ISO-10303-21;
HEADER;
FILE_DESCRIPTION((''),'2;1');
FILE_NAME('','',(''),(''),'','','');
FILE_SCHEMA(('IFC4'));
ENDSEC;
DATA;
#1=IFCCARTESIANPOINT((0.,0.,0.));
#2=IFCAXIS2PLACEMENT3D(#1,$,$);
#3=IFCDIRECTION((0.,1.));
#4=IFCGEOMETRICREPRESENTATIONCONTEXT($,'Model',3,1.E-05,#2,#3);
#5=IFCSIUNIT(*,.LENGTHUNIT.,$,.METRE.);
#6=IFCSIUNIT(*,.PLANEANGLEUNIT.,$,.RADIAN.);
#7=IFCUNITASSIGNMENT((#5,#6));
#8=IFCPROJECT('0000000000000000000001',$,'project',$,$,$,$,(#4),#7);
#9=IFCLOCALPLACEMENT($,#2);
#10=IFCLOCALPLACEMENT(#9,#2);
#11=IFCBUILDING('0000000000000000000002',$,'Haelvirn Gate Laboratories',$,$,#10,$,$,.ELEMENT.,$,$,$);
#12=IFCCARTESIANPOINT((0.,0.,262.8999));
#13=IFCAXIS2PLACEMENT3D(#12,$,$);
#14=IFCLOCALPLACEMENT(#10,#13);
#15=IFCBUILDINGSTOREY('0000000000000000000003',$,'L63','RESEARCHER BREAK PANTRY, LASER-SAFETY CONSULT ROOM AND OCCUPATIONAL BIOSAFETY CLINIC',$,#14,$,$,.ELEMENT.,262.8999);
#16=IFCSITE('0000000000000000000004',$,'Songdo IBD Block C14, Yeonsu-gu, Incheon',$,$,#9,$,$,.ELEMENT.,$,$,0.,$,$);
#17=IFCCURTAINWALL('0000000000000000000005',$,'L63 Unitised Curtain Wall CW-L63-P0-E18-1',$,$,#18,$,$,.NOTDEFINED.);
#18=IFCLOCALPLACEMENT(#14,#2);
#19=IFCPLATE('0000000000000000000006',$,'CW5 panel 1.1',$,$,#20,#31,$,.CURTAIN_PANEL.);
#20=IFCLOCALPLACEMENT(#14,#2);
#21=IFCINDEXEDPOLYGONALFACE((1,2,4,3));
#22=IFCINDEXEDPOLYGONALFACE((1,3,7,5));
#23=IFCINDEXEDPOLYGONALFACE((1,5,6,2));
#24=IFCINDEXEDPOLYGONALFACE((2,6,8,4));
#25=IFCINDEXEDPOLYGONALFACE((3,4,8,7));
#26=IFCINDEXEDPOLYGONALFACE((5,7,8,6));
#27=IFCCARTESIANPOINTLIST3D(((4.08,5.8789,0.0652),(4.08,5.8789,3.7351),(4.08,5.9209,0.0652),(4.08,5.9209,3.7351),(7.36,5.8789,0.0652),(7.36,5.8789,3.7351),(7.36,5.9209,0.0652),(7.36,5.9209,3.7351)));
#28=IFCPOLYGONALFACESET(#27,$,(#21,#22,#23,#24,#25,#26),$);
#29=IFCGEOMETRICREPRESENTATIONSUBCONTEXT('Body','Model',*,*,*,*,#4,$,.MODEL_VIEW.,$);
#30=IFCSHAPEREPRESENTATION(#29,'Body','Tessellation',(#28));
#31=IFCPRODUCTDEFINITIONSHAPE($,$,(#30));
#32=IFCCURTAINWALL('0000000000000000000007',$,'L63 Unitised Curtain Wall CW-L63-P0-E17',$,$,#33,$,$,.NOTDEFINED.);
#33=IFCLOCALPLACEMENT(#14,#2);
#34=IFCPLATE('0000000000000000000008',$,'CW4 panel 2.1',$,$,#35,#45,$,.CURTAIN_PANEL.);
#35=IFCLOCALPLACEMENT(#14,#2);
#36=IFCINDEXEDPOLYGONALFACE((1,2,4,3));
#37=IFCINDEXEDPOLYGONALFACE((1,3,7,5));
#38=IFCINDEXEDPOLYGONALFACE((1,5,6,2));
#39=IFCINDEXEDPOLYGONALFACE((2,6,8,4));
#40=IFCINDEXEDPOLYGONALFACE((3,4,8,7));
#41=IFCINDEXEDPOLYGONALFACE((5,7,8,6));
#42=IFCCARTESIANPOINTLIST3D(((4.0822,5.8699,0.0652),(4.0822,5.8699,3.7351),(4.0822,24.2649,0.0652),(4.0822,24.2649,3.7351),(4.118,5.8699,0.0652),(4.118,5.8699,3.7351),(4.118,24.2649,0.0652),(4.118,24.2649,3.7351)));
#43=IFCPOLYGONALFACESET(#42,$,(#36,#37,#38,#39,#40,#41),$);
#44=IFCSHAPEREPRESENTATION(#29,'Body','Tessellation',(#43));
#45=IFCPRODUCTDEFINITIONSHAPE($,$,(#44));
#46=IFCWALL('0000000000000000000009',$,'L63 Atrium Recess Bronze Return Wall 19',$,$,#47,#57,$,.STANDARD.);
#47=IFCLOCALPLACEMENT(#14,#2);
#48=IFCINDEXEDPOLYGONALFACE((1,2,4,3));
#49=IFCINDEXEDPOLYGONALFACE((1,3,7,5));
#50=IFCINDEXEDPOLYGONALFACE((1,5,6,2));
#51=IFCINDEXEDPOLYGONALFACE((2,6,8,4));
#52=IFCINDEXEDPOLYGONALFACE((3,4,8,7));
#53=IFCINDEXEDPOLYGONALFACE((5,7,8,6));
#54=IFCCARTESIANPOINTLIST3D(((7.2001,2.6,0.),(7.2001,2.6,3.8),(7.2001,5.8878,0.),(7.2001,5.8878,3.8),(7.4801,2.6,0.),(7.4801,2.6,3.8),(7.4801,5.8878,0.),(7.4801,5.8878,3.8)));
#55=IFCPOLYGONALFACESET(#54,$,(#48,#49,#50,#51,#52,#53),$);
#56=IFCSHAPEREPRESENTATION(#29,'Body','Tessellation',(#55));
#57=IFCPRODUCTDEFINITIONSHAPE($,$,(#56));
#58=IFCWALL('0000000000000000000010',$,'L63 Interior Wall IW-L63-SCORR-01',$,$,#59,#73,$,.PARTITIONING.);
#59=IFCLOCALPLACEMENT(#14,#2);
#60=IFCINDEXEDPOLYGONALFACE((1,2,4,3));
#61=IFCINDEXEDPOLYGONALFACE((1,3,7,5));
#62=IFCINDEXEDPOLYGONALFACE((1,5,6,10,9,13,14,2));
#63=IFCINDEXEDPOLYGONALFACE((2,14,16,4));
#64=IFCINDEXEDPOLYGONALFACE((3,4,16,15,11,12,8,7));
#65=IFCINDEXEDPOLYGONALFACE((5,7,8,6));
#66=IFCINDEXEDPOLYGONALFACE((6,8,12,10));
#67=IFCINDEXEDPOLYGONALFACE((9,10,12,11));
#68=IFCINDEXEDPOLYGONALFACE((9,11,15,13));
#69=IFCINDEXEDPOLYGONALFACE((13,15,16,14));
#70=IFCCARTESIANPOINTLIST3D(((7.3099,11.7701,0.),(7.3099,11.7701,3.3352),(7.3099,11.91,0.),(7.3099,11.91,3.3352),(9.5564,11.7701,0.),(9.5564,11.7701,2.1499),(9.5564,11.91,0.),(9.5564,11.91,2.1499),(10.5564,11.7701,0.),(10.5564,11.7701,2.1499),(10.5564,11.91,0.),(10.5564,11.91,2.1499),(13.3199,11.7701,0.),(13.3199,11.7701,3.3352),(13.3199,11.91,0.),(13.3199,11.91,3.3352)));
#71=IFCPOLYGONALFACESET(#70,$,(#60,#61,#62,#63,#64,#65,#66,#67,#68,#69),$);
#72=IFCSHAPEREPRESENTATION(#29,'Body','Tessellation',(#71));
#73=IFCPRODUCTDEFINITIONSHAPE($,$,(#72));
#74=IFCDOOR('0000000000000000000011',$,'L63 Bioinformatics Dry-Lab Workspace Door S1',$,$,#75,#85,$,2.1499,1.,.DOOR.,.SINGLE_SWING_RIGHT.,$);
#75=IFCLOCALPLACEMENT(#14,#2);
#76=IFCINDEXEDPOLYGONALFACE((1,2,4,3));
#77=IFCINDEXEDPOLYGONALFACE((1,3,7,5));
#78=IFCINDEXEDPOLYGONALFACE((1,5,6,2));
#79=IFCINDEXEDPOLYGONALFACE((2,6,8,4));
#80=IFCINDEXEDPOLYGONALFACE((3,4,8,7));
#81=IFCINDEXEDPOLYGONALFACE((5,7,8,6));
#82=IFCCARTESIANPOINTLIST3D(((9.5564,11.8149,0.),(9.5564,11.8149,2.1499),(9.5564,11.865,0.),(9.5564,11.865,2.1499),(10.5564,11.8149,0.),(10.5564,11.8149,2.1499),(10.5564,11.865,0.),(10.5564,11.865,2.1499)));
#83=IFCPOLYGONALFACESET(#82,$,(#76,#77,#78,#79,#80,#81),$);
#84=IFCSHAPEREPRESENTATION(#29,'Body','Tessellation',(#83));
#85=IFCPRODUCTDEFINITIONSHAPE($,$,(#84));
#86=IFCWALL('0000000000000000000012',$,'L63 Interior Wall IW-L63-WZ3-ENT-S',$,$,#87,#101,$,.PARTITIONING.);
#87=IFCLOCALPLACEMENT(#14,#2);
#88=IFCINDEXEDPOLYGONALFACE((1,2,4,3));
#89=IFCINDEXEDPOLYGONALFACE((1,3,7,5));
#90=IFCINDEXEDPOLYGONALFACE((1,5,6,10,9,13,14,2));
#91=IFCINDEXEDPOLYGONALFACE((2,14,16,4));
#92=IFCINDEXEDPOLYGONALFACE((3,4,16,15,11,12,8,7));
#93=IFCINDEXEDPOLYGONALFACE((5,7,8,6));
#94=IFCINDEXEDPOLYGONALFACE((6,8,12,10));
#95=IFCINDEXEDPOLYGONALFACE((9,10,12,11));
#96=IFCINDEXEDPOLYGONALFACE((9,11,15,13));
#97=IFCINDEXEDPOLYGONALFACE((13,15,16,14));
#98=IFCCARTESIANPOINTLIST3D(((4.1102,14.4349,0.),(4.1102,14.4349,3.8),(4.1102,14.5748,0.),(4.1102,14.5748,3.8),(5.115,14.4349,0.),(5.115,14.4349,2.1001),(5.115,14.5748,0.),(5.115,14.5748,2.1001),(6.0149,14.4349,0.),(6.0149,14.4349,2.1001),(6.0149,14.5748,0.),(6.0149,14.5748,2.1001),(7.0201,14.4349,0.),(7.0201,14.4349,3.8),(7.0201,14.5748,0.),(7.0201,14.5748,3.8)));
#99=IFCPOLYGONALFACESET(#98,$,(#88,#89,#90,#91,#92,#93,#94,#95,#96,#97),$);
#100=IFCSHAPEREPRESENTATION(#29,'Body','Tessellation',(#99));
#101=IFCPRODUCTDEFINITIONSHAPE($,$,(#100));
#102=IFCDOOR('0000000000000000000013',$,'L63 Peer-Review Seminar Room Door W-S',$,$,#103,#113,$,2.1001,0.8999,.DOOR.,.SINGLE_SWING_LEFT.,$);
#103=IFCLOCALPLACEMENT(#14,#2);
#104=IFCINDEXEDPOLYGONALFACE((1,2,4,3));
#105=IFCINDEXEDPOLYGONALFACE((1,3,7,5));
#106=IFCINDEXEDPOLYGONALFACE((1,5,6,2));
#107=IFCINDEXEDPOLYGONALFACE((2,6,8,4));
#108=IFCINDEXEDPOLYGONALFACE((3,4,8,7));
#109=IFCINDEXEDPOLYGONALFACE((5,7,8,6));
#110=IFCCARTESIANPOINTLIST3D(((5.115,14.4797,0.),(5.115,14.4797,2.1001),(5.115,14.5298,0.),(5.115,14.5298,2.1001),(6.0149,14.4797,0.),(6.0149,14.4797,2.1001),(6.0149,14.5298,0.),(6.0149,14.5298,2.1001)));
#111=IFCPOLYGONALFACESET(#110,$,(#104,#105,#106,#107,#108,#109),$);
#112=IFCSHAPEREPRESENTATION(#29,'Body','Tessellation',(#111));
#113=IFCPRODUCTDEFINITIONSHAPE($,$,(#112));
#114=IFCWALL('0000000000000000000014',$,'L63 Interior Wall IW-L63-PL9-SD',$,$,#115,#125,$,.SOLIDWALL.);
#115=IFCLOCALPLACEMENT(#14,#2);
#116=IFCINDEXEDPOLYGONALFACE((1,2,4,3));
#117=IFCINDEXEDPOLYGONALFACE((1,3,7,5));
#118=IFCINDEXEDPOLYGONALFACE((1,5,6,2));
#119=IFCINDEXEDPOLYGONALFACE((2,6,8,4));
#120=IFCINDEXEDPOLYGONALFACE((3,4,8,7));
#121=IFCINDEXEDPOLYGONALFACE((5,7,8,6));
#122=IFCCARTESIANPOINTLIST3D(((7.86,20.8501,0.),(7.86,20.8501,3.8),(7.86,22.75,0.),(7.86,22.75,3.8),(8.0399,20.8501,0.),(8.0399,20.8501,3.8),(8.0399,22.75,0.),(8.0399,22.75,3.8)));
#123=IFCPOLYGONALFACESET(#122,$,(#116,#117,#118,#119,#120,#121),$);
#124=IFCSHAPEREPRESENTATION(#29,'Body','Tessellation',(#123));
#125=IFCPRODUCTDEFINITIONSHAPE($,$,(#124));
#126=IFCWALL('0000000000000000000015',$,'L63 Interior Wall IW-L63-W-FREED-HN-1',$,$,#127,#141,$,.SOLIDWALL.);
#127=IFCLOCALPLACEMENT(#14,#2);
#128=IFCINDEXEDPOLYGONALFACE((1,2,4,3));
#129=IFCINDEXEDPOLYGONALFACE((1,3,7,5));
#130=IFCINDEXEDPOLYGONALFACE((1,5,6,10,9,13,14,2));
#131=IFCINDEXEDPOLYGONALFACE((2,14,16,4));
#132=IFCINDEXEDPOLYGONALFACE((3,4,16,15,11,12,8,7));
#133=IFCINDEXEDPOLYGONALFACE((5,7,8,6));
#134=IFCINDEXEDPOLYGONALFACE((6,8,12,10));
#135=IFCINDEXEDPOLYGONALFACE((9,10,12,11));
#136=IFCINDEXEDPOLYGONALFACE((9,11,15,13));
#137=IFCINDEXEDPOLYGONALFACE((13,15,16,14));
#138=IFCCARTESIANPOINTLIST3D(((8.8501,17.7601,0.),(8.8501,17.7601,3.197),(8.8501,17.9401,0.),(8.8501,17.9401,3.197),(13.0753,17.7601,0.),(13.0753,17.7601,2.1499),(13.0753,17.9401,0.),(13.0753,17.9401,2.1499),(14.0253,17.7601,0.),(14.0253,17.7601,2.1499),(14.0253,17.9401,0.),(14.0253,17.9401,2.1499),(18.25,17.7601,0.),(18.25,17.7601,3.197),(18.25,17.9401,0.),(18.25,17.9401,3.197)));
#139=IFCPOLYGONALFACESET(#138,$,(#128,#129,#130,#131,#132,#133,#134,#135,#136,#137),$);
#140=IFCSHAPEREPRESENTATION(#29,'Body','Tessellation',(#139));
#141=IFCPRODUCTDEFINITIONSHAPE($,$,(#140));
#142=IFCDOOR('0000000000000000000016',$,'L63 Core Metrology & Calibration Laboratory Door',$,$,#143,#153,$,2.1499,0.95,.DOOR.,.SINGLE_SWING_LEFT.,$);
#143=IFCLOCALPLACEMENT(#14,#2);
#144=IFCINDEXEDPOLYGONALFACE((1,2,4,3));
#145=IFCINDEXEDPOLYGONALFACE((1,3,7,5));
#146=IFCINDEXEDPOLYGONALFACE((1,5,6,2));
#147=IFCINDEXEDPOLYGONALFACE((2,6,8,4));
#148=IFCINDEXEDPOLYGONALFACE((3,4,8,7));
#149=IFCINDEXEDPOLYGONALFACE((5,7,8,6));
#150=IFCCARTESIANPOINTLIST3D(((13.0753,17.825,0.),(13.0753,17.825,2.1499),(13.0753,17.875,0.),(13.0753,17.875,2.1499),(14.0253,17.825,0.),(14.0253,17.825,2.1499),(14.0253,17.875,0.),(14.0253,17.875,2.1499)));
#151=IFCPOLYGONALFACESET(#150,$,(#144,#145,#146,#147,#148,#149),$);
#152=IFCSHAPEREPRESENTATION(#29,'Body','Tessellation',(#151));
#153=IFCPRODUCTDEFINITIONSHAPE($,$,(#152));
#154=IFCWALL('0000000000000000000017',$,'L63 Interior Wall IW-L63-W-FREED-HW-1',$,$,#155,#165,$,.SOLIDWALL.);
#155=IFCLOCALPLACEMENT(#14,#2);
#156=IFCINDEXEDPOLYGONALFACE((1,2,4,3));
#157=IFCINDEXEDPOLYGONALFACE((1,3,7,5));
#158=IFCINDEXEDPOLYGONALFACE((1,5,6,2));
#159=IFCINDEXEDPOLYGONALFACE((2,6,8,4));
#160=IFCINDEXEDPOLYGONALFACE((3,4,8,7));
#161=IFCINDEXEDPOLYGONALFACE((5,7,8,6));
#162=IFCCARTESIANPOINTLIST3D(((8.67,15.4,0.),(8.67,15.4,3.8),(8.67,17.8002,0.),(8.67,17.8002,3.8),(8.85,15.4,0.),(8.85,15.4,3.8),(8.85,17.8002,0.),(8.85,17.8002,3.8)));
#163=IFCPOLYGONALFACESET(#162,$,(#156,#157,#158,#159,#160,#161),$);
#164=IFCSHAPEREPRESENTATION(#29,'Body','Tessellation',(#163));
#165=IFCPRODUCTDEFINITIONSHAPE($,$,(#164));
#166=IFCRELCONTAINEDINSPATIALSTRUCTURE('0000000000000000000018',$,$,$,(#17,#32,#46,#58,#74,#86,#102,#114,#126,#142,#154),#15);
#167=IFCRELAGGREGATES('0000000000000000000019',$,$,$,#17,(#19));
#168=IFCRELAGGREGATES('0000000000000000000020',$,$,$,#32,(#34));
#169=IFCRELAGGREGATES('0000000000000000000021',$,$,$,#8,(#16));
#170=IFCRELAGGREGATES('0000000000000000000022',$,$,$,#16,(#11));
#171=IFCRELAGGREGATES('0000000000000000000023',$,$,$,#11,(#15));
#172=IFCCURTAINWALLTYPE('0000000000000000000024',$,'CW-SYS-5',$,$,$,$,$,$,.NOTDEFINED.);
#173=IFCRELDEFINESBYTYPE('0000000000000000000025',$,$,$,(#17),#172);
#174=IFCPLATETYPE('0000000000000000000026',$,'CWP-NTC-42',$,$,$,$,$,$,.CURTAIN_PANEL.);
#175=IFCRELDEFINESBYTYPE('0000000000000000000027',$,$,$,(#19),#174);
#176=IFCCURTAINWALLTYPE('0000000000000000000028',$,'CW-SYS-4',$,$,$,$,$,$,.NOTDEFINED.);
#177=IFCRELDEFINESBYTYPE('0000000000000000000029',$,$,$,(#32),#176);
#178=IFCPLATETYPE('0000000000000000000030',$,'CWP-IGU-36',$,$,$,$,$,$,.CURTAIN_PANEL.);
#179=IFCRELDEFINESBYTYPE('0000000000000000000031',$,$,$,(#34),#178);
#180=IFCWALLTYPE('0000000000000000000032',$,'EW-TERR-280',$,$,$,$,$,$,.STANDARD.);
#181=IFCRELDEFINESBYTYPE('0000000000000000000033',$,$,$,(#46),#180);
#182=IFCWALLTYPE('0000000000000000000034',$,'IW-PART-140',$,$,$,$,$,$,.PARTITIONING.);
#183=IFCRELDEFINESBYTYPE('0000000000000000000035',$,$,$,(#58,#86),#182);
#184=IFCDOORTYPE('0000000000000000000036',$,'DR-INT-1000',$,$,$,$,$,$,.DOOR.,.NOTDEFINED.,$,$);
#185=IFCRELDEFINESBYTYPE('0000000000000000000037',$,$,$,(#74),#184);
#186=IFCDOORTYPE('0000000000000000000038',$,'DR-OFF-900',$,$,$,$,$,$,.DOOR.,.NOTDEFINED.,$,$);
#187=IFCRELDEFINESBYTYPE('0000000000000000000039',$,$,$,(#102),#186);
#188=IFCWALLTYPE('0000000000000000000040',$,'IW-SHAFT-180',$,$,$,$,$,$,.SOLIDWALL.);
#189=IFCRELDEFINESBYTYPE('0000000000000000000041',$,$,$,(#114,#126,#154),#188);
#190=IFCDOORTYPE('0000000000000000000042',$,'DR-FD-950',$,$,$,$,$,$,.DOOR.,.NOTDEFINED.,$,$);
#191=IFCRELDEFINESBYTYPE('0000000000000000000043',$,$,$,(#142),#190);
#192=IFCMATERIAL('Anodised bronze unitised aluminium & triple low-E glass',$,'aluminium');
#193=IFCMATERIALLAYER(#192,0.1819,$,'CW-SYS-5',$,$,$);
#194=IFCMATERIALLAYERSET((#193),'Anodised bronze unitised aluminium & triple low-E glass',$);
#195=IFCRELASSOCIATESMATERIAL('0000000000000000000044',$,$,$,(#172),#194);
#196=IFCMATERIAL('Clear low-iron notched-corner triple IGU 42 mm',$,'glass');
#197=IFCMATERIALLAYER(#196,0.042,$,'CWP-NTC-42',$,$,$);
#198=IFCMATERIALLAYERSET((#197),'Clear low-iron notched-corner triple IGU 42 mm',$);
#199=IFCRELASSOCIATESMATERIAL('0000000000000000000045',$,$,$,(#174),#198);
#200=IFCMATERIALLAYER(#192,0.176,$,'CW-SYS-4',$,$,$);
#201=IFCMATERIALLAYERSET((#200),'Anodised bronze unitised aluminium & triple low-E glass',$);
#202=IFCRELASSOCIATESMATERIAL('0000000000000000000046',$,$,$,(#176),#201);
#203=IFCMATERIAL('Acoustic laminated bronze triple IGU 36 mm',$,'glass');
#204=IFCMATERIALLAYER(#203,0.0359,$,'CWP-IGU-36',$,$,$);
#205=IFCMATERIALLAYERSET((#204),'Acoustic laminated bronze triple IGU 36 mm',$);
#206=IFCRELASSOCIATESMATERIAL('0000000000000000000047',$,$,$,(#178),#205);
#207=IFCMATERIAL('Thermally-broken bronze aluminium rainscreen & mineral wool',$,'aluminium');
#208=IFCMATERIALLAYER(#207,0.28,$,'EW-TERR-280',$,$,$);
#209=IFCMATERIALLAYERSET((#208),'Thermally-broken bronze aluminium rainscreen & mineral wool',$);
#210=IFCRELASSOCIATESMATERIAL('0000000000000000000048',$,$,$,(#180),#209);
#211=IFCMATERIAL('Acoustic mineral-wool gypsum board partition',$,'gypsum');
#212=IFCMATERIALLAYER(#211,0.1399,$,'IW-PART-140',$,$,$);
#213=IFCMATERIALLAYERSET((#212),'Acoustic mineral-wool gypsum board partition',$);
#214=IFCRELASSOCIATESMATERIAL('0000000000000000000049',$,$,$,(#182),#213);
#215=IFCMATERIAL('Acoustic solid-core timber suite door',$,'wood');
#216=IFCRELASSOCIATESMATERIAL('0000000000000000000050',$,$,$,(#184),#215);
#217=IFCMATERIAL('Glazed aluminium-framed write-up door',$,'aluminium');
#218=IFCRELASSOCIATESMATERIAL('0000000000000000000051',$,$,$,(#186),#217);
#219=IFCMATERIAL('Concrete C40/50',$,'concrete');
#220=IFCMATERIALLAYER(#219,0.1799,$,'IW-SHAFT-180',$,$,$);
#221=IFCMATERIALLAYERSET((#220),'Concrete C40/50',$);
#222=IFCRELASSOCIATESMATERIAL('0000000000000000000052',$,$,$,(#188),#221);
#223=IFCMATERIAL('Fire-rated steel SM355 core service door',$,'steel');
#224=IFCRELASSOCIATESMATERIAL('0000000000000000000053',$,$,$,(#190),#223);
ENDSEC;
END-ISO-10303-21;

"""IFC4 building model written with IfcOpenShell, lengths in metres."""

from ifc_helpers import new_model, si_unit, direction, frame, frame_2d, origin, origin_2d, place, context, subcontext, project, spatial, rectangle, extrude, source, transform, mapped, material, layer, layer_set, type_object, type_shapes, element, fill, aggregate, save


model = new_model("IFC4")

# Units and contexts
model_context = context("Model", 3, precision=1e-05, world=origin(), true_north=direction((0.0, 1.0)))
body_context = subcontext(model_context, "Body", "Model", "MODEL_VIEW")
ifc_project = project(units=[si_unit("LENGTHUNIT", "METRE"), si_unit("PLANEANGLEUNIT", "RADIAN")], contexts=[model_context])

# Site, building, storey
site_placement = place(None, origin())
site = spatial("IfcSite", under=ifc_project, at=site_placement, Name="Songdo IBD Block C14, Yeonsu-gu, Incheon", CompositionType="ELEMENT", RefElevation=0.0)
building_placement = place(site_placement, origin())
building = spatial("IfcBuilding", under=site, at=building_placement, Name="Haelvirn Gate Laboratories", CompositionType="ELEMENT")
storey_placement = place(building_placement, frame((0.0, 0.0, 262.8999)))
storey = spatial("IfcBuildingStorey", under=building, at=storey_placement, Name="L63", Description="RESEARCHER BREAK PANTRY, LASER-SAFETY CONSULT ROOM AND OCCUPATIONAL BIOSAFETY CLINIC", CompositionType="ELEMENT", Elevation=262.8999)

# Curtain wall, plate
ifc_material_1 = material(Name="Anodised bronze unitised aluminium & triple low-E glass", Category="aluminium")
ifc_layer_1 = layer(ifc_material_1, 0.1819, Name="CW-SYS-5")
ifc_layer_set_1 = layer_set([ifc_layer_1], Name="Anodised bronze unitised aluminium & triple low-E glass")
curtain_wall_type_1 = type_object("IfcCurtainWallType", Name="CW-SYS-5", PredefinedType="NOTDEFINED", material=ifc_layer_set_1)
curtain_wall_1_placement = place(storey_placement, origin())
curtain_wall_1 = element("IfcCurtainWall", 1, at=curtain_wall_1_placement, inside=storey, type_object=curtain_wall_type_1, Name="L63 Unitised Curtain Wall CW-L63-P0-E18-1", PredefinedType="NOTDEFINED")
ifc_material_2 = material(Name="Clear low-iron notched-corner triple IGU 42 mm", Category="glass")
ifc_layer_2 = layer(ifc_material_2, 0.042, Name="CWP-NTC-42")
ifc_layer_set_2 = layer_set([ifc_layer_2], Name="Clear low-iron notched-corner triple IGU 42 mm")
plate_type_1 = type_object("IfcPlateType", Name="CWP-NTC-42", PredefinedType="CURTAIN_PANEL", material=ifc_layer_set_2)
shared_shape_1 = source(origin(), body_context, "Body", "SweptSolid", [
    extrude(rectangle(XDim=3.28, YDim=0.042, at=origin_2d()), origin(), (0.0, 0.0, 1.0), 3.6699),
])
type_shapes(plate_type_1, [shared_shape_1])
plate_1_placement = place(storey_placement, frame((5.72, 5.8999, 0.0652), z_axis=(0.0, 0.0, 1.0), x_axis=(1.0, 0.0, 0.0)))
plate_1 = element("IfcPlate", 2, at=plate_1_placement, type_object=plate_type_1, Name="CW5 panel 1.1", PredefinedType="CURTAIN_PANEL", context=body_context, shape_type="MappedRepresentation", body=[
    mapped(shared_shape_1, transform((0.0, 0.0, 0.0), scale=1.0)),
])
aggregate(curtain_wall_1, [plate_1])

# Curtain wall, plate
ifc_layer_3 = layer(ifc_material_1, 0.176, Name="CW-SYS-4")
ifc_layer_set_3 = layer_set([ifc_layer_3], Name="Anodised bronze unitised aluminium & triple low-E glass")
curtain_wall_type_2 = type_object("IfcCurtainWallType", Name="CW-SYS-4", PredefinedType="NOTDEFINED", material=ifc_layer_set_3)
curtain_wall_2_placement = place(storey_placement, origin())
curtain_wall_2 = element("IfcCurtainWall", 3, at=curtain_wall_2_placement, inside=storey, type_object=curtain_wall_type_2, Name="L63 Unitised Curtain Wall CW-L63-P0-E17", PredefinedType="NOTDEFINED")
ifc_material_3 = material(Name="Acoustic laminated bronze triple IGU 36 mm", Category="glass")
ifc_layer_4 = layer(ifc_material_3, 0.0359, Name="CWP-IGU-36")
ifc_layer_set_4 = layer_set([ifc_layer_4], Name="Acoustic laminated bronze triple IGU 36 mm")
plate_type_2 = type_object("IfcPlateType", Name="CWP-IGU-36", PredefinedType="CURTAIN_PANEL", material=ifc_layer_set_4)
shared_shape_2 = source(origin(), body_context, "Body", "SweptSolid", [
    extrude(rectangle(XDim=18.395, YDim=0.0359, at=origin_2d()), origin(), (0.0, 0.0, 1.0), 3.6699),
])
type_shapes(plate_type_2, [shared_shape_2])
plate_2_placement = place(storey_placement, frame((4.1001, 15.0674, 0.0652), z_axis=(0.0, 0.0, 1.0), x_axis=(0.0, -1.0, 0.0)))
plate_2 = element("IfcPlate", 4, at=plate_2_placement, type_object=plate_type_2, Name="CW4 panel 2.1", PredefinedType="CURTAIN_PANEL", context=body_context, shape_type="MappedRepresentation", body=[
    mapped(shared_shape_2, transform((0.0, 0.0, 0.0), scale=1.0)),
])
aggregate(curtain_wall_2, [plate_2])

# Wall
ifc_material_4 = material(Name="Thermally-broken bronze aluminium rainscreen & mineral wool", Category="aluminium")
ifc_layer_5 = layer(ifc_material_4, 0.28, Name="EW-TERR-280")
ifc_layer_set_5 = layer_set([ifc_layer_5], Name="Thermally-broken bronze aluminium rainscreen & mineral wool")
wall_type_1 = type_object("IfcWallType", Name="EW-TERR-280", PredefinedType="STANDARD", material=ifc_layer_set_5)
wall_1_placement = place(storey_placement, frame((7.3401, 5.8879, 0.0), z_axis=(0.0, 0.0, 1.0), x_axis=(0.0, -1.0, 0.0)))
element("IfcWall", 5, at=wall_1_placement, inside=storey, type_object=wall_type_1, Name="L63 Atrium Recess Bronze Return Wall 19", PredefinedType="STANDARD", context=body_context, shape_type="SweptSolid", body=[
    extrude(rectangle(XDim=3.2878, YDim=0.28, at=frame_2d((1.644, 0.0))), origin(), (0.0, 0.0, 1.0), 3.8),
])

# Walls, openings, doors
ifc_material_5 = material(Name="Acoustic mineral-wool gypsum board partition", Category="gypsum")
ifc_layer_6 = layer(ifc_material_5, 0.1399, Name="IW-PART-140")
ifc_layer_set_6 = layer_set([ifc_layer_6], Name="Acoustic mineral-wool gypsum board partition")
wall_type_2 = type_object("IfcWallType", Name="IW-PART-140", PredefinedType="PARTITIONING", material=ifc_layer_set_6)
wall_2_placement = place(storey_placement, frame((7.3101, 11.8401, 0.0), z_axis=(0.0, 0.0, 1.0), x_axis=(1.0, 0.0, 0.0)))
wall_2 = element("IfcWall", 6, at=wall_2_placement, inside=storey, type_object=wall_type_2, Name="L63 Interior Wall IW-L63-SCORR-01", PredefinedType="PARTITIONING", context=body_context, shape_type="SweptSolid", body=[
    extrude(rectangle(XDim=6.01, YDim=0.1399, at=frame_2d((3.0049, 0.0))), origin(), (0.0, 0.0, 1.0), 3.3352),
])
opening_1_placement = place(wall_2_placement, frame((2.2463, 0.0, 0.0)))
opening_1 = element("IfcOpeningElement", 7, at=opening_1_placement, cuts=wall_2, PredefinedType="OPENING", context=body_context, shape_type="SweptSolid", body=[
    extrude(rectangle(XDim=1.0, YDim=2.1499, at=frame_2d((0.5, 1.075))), frame((0.0, 0.0801, 0.0), z_axis=(0.0, -1.0, 0.0), x_axis=(1.0, 0.0, 0.0)), (0.0, 0.0, 1.0), 0.1599),
])
ifc_material_6 = material(Name="Acoustic solid-core timber suite door", Category="wood")
door_type_1 = type_object("IfcDoorType", Name="DR-INT-1000", OperationType="NOTDEFINED", PredefinedType="DOOR", material=ifc_material_6)
shared_shape_3 = source(origin(), body_context, "Body", "SweptSolid", [
    extrude(rectangle(XDim=1.0, YDim=2.1499, at=frame_2d((0.5, 1.075))), frame((0.0, 0.0249, 0.0), z_axis=(0.0, -1.0, 0.0), x_axis=(1.0, 0.0, 0.0)), (0.0, 0.0, 1.0), 0.05),
])
type_shapes(door_type_1, [shared_shape_3])
door_1_placement = place(opening_1_placement, origin())
door_1 = element("IfcDoor", 8, at=door_1_placement, inside=storey, type_object=door_type_1, Name="L63 Bioinformatics Dry-Lab Workspace Door S1", OperationType="SINGLE_SWING_RIGHT", OverallHeight=2.1499, OverallWidth=1.0, PredefinedType="DOOR", context=body_context, shape_type="MappedRepresentation", body=[
    mapped(shared_shape_3, transform((0.0, 0.0, 0.0), scale=1.0)),
])
fill(opening_1, door_1)
wall_3_placement = place(storey_placement, frame((4.1101, 14.5049, 0.0), z_axis=(0.0, 0.0, 1.0), x_axis=(1.0, 0.0, 0.0)))
wall_3 = element("IfcWall", 9, at=wall_3_placement, inside=storey, type_object=wall_type_2, Name="L63 Interior Wall IW-L63-WZ3-ENT-S", PredefinedType="PARTITIONING", context=body_context, shape_type="SweptSolid", body=[
    extrude(rectangle(XDim=2.9099, YDim=0.1399, at=frame_2d((1.4551, 0.0))), origin(), (0.0, 0.0, 1.0), 3.8),
])
opening_2_placement = place(wall_3_placement, frame((1.0049, 0.0, 0.0)))
opening_2 = element("IfcOpeningElement", 10, at=opening_2_placement, cuts=wall_3, PredefinedType="OPENING", context=body_context, shape_type="SweptSolid", body=[
    extrude(rectangle(XDim=0.8999, YDim=2.1001, at=frame_2d((0.45, 1.05))), frame((0.0, 0.0801, 0.0), z_axis=(0.0, -1.0, 0.0), x_axis=(1.0, 0.0, 0.0)), (0.0, 0.0, 1.0), 0.1599),
])
ifc_material_7 = material(Name="Glazed aluminium-framed write-up door", Category="aluminium")
door_type_2 = type_object("IfcDoorType", Name="DR-OFF-900", OperationType="NOTDEFINED", PredefinedType="DOOR", material=ifc_material_7)
shared_shape_4 = source(origin(), body_context, "Body", "SweptSolid", [
    extrude(rectangle(XDim=0.8999, YDim=2.1001, at=frame_2d((0.45, 1.05))), frame((0.0, 0.0249, 0.0), z_axis=(0.0, -1.0, 0.0), x_axis=(1.0, 0.0, 0.0)), (0.0, 0.0, 1.0), 0.05),
])
type_shapes(door_type_2, [shared_shape_4])
door_2_placement = place(opening_2_placement, origin())
door_2 = element("IfcDoor", 11, at=door_2_placement, inside=storey, type_object=door_type_2, Name="L63 Peer-Review Seminar Room Door W-S", OperationType="SINGLE_SWING_LEFT", OverallHeight=2.1001, OverallWidth=0.8999, PredefinedType="DOOR", context=body_context, shape_type="MappedRepresentation", body=[
    mapped(shared_shape_4, transform((0.0, 0.0, 0.0), scale=1.0)),
])
fill(opening_2, door_2)

# Wall
ifc_material_8 = material(Name="Concrete C40/50", Category="concrete")
ifc_layer_7 = layer(ifc_material_8, 0.1799, Name="IW-SHAFT-180")
ifc_layer_set_7 = layer_set([ifc_layer_7], Name="Concrete C40/50")
wall_type_3 = type_object("IfcWallType", Name="IW-SHAFT-180", PredefinedType="SOLIDWALL", material=ifc_layer_set_7)
wall_4_placement = place(storey_placement, frame((7.95, 20.8501, 0.0), z_axis=(0.0, 0.0, 1.0), x_axis=(0.0, 1.0, 0.0)))
element("IfcWall", 12, at=wall_4_placement, inside=storey, type_object=wall_type_3, Name="L63 Interior Wall IW-L63-PL9-SD", PredefinedType="SOLIDWALL", context=body_context, shape_type="SweptSolid", body=[
    extrude(rectangle(XDim=1.8999, YDim=0.1799, at=frame_2d((0.95, 0.0))), origin(), (0.0, 0.0, 1.0), 3.8),
])

# Wall, opening, door
wall_5_placement = place(storey_placement, frame((8.8501, 17.8501, 0.0), z_axis=(0.0, 0.0, 1.0), x_axis=(1.0, 0.0, 0.0)))
wall_5 = element("IfcWall", 13, at=wall_5_placement, inside=storey, type_object=wall_type_3, Name="L63 Interior Wall IW-L63-W-FREED-HN-1", PredefinedType="SOLIDWALL", context=body_context, shape_type="SweptSolid", body=[
    extrude(rectangle(XDim=9.3999, YDim=0.1799, at=frame_2d((4.7, 0.0))), origin(), (0.0, 0.0, 1.0), 3.197),
])
opening_3_placement = place(wall_5_placement, frame((4.2251, 0.0, 0.0)))
opening_3 = element("IfcOpeningElement", 14, at=opening_3_placement, cuts=wall_5, PredefinedType="OPENING", context=body_context, shape_type="SweptSolid", body=[
    extrude(rectangle(XDim=0.95, YDim=2.1499, at=frame_2d((0.4751, 1.075))), frame((0.0, 0.1001, 0.0), z_axis=(0.0, -1.0, 0.0), x_axis=(1.0, 0.0, 0.0)), (0.0, 0.0, 1.0), 0.2),
])
ifc_material_9 = material(Name="Fire-rated steel SM355 core service door", Category="steel")
door_type_3 = type_object("IfcDoorType", Name="DR-FD-950", OperationType="NOTDEFINED", PredefinedType="DOOR", material=ifc_material_9)
shared_shape_5 = source(origin(), body_context, "Body", "SweptSolid", [
    extrude(rectangle(XDim=0.95, YDim=2.1499, at=frame_2d((0.4751, 1.075))), frame((0.0, 0.0249, 0.0), z_axis=(0.0, -1.0, 0.0), x_axis=(1.0, 0.0, 0.0)), (0.0, 0.0, 1.0), 0.05),
])
type_shapes(door_type_3, [shared_shape_5])
door_3_placement = place(opening_3_placement, origin())
door_3 = element("IfcDoor", 15, at=door_3_placement, inside=storey, type_object=door_type_3, Name="L63 Core Metrology & Calibration Laboratory Door", OperationType="SINGLE_SWING_LEFT", OverallHeight=2.1499, OverallWidth=0.95, PredefinedType="DOOR", context=body_context, shape_type="MappedRepresentation", body=[
    mapped(shared_shape_5, transform((0.0, 0.0, 0.0), scale=1.0)),
])
fill(opening_3, door_3)

# Wall
wall_6_placement = place(storey_placement, frame((8.76, 15.3999, 0.0), z_axis=(0.0, 0.0, 1.0), x_axis=(0.0, 1.0, 0.0)))
element("IfcWall", 16, at=wall_6_placement, inside=storey, type_object=wall_type_3, Name="L63 Interior Wall IW-L63-W-FREED-HW-1", PredefinedType="SOLIDWALL", context=body_context, shape_type="SweptSolid", body=[
    extrude(rectangle(XDim=2.4001, YDim=0.1799, at=frame_2d((1.2002, 0.0))), origin(), (0.0, 0.0, 1.0), 3.8),
])

save(model, "model.ifc")
